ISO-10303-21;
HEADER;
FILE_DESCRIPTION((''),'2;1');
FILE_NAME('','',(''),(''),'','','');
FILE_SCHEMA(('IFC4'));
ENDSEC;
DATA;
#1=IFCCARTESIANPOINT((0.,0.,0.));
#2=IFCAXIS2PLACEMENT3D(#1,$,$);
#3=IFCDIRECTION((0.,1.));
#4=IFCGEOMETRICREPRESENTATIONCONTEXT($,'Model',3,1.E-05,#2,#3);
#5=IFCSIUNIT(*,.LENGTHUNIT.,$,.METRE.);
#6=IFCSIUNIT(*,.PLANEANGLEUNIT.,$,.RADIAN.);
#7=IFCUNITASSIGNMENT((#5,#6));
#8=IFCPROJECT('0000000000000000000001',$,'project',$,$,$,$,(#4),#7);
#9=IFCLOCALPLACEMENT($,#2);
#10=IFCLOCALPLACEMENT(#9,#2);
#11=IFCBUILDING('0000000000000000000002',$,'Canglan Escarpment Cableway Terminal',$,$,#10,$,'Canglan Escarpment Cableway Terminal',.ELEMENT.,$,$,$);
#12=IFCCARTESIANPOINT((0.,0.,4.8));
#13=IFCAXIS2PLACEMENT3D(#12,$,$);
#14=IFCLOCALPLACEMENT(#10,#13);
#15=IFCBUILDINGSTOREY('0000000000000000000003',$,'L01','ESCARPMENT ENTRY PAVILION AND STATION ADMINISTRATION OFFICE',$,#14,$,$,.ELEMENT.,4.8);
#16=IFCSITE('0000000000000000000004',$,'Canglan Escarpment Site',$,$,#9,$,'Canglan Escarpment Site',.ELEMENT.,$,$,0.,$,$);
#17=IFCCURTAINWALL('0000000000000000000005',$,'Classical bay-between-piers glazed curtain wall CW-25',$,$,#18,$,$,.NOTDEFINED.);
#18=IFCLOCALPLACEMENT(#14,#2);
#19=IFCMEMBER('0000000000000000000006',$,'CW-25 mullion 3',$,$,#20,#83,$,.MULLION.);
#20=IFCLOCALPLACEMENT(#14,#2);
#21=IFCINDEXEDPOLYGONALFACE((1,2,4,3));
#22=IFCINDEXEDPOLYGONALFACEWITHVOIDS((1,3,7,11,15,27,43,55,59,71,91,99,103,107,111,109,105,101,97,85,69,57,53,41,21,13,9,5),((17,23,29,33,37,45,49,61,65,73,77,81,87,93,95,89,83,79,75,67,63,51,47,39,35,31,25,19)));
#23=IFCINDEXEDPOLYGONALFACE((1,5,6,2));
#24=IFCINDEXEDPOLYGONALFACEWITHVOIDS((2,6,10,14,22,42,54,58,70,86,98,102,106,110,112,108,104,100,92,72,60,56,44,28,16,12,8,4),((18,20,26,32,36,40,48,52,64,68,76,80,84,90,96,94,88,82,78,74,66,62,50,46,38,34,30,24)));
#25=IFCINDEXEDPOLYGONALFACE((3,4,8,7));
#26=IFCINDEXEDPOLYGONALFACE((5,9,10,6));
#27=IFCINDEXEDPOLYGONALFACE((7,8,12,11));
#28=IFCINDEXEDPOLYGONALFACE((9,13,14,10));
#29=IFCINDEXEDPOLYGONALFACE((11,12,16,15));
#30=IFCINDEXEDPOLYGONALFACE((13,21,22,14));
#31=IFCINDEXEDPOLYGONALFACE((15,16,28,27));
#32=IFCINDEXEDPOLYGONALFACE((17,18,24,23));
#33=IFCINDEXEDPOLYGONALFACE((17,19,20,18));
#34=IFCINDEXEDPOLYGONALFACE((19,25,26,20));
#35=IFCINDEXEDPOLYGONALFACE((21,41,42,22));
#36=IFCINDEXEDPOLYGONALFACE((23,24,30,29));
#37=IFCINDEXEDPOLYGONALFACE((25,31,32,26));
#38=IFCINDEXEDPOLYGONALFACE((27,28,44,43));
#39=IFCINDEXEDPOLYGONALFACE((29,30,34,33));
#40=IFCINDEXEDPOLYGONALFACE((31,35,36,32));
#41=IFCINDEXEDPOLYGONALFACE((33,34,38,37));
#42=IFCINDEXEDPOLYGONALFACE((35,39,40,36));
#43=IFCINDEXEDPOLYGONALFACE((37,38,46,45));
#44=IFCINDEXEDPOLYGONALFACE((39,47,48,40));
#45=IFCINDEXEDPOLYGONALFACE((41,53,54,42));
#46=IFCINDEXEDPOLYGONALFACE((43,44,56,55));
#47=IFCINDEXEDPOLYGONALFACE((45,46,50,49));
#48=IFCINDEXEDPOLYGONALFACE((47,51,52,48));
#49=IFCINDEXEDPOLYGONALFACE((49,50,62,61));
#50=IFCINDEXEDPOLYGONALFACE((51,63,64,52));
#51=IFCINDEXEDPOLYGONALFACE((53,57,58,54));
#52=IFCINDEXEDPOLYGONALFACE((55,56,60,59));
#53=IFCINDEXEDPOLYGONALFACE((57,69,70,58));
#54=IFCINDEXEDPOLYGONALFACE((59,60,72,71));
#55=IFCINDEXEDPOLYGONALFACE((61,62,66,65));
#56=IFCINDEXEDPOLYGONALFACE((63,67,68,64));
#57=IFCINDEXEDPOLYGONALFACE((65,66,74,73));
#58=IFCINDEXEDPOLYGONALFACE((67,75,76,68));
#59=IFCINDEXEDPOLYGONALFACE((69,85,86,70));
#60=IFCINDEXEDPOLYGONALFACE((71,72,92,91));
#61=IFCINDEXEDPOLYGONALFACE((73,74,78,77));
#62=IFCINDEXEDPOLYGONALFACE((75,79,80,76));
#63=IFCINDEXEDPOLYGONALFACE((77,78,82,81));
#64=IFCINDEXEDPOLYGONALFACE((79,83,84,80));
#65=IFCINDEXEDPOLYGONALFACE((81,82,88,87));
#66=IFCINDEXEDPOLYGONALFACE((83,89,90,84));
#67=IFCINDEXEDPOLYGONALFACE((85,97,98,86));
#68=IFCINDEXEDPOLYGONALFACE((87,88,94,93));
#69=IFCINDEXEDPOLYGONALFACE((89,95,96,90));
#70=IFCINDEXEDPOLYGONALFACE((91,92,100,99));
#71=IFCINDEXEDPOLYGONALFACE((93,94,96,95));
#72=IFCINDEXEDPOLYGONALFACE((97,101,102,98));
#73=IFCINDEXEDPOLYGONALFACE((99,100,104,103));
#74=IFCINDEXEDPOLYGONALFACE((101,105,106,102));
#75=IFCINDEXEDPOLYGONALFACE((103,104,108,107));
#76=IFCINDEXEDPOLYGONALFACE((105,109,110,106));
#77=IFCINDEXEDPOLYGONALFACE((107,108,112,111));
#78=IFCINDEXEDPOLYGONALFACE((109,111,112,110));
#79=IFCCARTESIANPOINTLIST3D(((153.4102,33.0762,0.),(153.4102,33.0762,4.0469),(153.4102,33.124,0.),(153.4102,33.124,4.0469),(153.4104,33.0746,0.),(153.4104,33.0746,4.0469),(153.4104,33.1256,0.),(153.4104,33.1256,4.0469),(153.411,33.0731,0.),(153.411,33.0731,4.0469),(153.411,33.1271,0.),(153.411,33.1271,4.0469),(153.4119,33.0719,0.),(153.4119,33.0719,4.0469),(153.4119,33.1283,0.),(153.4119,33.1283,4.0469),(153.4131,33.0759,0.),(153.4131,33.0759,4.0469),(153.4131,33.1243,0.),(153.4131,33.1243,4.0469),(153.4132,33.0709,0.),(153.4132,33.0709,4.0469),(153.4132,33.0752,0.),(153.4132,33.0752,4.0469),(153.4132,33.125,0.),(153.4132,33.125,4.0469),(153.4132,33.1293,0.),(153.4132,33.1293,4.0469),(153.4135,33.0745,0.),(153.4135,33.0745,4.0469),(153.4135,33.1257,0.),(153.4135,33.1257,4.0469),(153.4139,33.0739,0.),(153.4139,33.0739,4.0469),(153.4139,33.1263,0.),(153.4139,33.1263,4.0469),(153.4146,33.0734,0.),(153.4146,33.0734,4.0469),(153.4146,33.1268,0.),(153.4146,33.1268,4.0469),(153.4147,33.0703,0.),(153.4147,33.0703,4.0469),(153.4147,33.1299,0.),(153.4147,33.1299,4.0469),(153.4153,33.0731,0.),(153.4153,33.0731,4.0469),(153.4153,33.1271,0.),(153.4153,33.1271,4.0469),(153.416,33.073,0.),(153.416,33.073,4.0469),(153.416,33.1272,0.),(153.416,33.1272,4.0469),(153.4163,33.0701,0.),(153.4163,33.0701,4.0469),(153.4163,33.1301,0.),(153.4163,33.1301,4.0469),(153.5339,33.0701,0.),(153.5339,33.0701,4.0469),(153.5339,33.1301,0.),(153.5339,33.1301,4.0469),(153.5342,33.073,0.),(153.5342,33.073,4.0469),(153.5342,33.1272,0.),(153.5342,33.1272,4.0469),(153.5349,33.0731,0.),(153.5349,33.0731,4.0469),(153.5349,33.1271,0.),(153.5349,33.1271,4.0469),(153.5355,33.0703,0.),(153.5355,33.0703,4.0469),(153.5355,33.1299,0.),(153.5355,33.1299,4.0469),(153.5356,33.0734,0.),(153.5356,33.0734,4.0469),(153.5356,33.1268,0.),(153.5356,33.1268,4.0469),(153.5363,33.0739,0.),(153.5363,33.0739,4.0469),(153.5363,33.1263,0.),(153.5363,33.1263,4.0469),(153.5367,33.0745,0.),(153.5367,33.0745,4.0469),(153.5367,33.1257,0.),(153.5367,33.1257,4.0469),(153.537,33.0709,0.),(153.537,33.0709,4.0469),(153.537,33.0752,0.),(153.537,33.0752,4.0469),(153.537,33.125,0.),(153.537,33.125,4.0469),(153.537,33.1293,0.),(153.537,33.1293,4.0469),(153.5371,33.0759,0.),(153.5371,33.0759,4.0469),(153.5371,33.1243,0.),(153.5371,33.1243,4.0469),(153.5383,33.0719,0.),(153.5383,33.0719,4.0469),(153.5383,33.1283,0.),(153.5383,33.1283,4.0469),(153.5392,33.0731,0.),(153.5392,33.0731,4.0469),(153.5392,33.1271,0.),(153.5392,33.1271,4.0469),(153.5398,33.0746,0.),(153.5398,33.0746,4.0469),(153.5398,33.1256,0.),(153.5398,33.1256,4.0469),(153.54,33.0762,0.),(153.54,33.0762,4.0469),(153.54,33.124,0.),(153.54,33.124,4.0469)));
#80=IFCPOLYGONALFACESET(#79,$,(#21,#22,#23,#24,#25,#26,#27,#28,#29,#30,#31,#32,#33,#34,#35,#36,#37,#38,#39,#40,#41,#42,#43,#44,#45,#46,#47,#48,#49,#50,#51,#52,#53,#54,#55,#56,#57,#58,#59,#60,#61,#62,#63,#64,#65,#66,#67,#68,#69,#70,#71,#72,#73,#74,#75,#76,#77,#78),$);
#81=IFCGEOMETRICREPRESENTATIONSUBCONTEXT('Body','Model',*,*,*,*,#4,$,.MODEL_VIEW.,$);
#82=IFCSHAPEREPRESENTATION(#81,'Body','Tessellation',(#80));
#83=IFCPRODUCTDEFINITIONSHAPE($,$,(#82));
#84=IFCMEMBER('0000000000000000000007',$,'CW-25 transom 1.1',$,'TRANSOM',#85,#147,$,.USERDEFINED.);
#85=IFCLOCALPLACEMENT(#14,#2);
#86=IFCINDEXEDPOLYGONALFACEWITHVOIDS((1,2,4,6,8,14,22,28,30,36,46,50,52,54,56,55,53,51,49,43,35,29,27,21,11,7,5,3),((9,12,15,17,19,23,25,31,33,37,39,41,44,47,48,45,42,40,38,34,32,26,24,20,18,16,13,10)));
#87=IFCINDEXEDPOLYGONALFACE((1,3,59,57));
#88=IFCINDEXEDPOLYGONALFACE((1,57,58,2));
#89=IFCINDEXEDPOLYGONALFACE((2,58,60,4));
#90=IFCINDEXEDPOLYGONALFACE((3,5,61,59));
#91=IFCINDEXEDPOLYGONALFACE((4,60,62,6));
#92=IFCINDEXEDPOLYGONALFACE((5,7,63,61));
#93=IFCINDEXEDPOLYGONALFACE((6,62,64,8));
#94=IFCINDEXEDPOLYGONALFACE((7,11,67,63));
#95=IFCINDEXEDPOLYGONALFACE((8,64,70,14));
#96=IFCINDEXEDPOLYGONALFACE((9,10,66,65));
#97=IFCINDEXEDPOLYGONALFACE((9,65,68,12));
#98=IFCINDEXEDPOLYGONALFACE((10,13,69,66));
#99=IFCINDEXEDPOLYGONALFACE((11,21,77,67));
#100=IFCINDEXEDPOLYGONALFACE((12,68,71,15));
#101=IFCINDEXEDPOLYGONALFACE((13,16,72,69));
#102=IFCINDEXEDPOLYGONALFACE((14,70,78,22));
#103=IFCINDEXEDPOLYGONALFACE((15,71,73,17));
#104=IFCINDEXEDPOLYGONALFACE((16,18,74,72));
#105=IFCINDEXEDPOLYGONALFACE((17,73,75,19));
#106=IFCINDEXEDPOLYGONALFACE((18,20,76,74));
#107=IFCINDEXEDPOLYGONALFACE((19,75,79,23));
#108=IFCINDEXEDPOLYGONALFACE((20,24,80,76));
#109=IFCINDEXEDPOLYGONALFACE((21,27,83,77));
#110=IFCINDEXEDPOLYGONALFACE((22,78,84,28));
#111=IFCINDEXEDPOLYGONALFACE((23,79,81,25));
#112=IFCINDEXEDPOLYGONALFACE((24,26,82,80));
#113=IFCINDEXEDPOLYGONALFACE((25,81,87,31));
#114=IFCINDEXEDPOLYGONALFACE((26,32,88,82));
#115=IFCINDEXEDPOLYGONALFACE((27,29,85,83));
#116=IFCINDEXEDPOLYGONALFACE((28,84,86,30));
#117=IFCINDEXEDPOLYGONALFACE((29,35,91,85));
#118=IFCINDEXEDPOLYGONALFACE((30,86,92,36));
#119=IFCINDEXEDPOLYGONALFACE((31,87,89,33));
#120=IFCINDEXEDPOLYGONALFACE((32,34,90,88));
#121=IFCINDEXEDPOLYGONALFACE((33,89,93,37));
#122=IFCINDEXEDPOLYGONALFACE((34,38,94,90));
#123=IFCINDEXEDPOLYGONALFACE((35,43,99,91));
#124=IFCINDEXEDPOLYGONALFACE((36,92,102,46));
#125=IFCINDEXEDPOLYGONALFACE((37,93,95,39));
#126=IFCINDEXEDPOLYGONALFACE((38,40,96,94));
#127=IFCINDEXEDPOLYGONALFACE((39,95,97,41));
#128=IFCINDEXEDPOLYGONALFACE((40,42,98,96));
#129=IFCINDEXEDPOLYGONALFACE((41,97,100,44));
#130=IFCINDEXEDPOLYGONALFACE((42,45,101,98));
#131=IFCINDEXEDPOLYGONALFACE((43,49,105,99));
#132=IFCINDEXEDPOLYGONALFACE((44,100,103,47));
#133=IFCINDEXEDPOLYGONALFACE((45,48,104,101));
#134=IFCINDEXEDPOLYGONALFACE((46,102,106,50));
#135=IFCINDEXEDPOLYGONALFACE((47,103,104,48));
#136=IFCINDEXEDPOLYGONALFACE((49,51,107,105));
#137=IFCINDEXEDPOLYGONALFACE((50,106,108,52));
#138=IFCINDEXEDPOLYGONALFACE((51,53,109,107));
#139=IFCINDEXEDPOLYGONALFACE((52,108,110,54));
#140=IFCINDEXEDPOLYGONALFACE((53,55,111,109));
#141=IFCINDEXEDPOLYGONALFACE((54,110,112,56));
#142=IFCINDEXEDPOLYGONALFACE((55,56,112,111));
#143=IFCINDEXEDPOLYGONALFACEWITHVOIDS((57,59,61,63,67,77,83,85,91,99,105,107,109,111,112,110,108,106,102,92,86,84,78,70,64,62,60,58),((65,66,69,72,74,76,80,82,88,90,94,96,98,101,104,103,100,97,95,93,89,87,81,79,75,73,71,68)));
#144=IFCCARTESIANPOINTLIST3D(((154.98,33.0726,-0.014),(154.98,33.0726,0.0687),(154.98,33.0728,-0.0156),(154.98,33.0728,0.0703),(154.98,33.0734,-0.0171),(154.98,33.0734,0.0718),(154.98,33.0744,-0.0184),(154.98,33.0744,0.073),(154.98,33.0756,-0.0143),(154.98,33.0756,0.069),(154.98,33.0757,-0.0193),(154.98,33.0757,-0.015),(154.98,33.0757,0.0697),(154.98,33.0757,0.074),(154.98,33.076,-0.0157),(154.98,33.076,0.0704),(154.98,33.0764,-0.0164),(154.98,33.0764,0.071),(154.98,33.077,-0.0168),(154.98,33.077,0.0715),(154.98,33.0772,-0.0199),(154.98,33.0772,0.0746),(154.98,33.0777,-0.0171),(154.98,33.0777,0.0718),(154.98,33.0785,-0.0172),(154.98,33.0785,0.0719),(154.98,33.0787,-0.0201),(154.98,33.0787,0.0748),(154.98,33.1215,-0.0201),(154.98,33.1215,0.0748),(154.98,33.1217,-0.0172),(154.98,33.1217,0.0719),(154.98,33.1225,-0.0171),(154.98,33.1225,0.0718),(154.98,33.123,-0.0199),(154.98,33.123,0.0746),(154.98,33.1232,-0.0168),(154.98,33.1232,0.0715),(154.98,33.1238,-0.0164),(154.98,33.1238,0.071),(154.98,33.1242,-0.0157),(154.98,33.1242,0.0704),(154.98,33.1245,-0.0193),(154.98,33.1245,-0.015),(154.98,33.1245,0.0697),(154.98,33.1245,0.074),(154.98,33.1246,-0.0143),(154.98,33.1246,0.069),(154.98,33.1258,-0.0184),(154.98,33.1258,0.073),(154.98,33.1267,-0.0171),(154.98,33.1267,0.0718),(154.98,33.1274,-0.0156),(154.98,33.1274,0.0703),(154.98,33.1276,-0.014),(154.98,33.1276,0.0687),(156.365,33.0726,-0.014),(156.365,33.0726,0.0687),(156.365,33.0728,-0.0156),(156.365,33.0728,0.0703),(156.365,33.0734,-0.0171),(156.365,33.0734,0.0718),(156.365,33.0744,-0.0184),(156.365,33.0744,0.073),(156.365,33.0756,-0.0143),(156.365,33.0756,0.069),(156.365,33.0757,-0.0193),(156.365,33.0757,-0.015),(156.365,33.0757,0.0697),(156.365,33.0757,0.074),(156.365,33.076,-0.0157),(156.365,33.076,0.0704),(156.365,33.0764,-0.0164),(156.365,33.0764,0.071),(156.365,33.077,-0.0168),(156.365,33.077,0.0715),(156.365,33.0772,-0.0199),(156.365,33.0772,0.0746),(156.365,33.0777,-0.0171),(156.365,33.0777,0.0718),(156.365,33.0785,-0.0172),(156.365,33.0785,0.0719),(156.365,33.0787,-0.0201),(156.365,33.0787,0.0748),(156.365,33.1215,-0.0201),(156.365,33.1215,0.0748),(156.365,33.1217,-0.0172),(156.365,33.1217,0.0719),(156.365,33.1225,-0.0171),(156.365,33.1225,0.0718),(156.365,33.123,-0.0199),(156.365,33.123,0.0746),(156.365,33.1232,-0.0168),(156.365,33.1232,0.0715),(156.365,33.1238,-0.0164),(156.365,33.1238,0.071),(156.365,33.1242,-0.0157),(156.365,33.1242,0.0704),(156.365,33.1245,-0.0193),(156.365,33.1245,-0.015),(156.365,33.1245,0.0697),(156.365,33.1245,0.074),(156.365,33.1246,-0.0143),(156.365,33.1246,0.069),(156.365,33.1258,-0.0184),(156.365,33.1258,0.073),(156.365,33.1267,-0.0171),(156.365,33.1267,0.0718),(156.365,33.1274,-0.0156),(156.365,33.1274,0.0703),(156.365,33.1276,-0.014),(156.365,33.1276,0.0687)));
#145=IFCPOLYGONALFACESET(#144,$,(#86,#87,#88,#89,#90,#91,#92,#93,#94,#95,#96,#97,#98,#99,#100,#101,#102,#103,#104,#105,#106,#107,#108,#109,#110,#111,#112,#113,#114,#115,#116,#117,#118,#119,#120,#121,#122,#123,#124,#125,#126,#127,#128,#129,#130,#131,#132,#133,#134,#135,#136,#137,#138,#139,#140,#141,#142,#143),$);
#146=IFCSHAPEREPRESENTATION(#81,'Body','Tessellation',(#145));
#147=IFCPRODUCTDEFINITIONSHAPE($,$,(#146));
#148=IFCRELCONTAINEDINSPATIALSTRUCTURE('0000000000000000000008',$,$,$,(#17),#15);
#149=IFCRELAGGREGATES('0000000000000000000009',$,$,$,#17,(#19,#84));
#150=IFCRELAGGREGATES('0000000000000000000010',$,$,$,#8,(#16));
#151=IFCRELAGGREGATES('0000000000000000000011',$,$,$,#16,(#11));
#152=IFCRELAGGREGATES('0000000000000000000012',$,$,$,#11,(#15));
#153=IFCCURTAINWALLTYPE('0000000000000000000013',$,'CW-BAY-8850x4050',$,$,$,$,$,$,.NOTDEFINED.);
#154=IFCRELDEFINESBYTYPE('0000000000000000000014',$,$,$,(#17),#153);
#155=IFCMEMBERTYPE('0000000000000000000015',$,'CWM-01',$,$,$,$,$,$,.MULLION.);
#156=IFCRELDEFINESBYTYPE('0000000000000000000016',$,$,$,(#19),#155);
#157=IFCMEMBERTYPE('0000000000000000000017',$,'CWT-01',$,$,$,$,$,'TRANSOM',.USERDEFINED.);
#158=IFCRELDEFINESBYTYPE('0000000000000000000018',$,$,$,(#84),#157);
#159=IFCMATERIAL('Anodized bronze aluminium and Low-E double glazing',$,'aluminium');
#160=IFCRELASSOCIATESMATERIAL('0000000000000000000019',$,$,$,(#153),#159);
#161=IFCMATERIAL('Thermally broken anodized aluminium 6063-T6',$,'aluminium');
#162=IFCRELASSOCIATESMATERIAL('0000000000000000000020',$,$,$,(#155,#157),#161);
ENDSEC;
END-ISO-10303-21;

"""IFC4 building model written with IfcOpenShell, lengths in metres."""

from ifc_helpers import new_model, si_unit, direction, frame, origin, origin_2d, place, context, subcontext, project, spatial, hollow_rectangle, extrude, material, material_profile, profile_set, type_object, element, aggregate, save


model = new_model("IFC4")

# Units and contexts
model_context = context("Model", 3, precision=1e-05, world=origin(), true_north=direction((0.0, 1.0)))
body_context = subcontext(model_context, "Body", "Model", "MODEL_VIEW")
ifc_project = project(units=[si_unit("LENGTHUNIT", "METRE"), si_unit("PLANEANGLEUNIT", "RADIAN")], contexts=[model_context])

# Site, building, storey
site_placement = place(None, origin())
site = spatial("IfcSite", under=ifc_project, at=site_placement, Name="Canglan Escarpment Site", LongName="Canglan Escarpment Site", CompositionType="ELEMENT", RefElevation=0.0)
building_placement = place(site_placement, origin())
building = spatial("IfcBuilding", under=site, at=building_placement, Name="Canglan Escarpment Cableway Terminal", LongName="Canglan Escarpment Cableway Terminal", CompositionType="ELEMENT")
storey_placement = place(building_placement, frame((0.0, 0.0, 4.8)))
storey = spatial("IfcBuildingStorey", under=building, at=storey_placement, Name="L01", Description="ESCARPMENT ENTRY PAVILION AND STATION ADMINISTRATION OFFICE", CompositionType="ELEMENT", Elevation=4.8)

# Curtain wall, members
ifc_material_1 = material(Name="Anodized bronze aluminium and Low-E double glazing", Category="aluminium")
curtain_wall_type = type_object("IfcCurtainWallType", Name="CW-BAY-8850x4050", PredefinedType="NOTDEFINED", material=ifc_material_1)
curtain_wall_placement = place(storey_placement, origin())
curtain_wall = element("IfcCurtainWall", 1, at=curtain_wall_placement, inside=storey, type_object=curtain_wall_type, Name="Classical bay-between-piers glazed curtain wall CW-25", PredefinedType="NOTDEFINED")
ifc_material_2 = material(Name="Thermally broken anodized aluminium 6063-T6", Category="aluminium")
ifc_material_profile_1 = material_profile(ifc_material_2, hollow_rectangle(XDim=0.0601, YDim=0.1299, WallThickness=0.0029, InnerFilletRadius=0.0029, OuterFilletRadius=0.0061, at=origin_2d()), Name="ALU-MULL 60x130x3")
ifc_profile_set_1 = profile_set([ifc_material_profile_1], Name="Thermally broken anodized aluminium 6063-T6")
member_type_1 = type_object("IfcMemberType", Name="CWM-01", PredefinedType="MULLION", material=ifc_profile_set_1)
member_1_placement = place(storey_placement, frame((153.4751, 33.1001, 0.0), z_axis=(0.0, 0.0, 1.0), x_axis=(0.0, -1.0, 0.0)))
member_1 = element("IfcMember", 2, at=member_1_placement, type_object=member_type_1, Name="CW-25 mullion 3", PredefinedType="MULLION", context=body_context, shape_type="SweptSolid", body=[
    extrude(hollow_rectangle(XDim=0.0601, YDim=0.1299, WallThickness=0.0029, InnerFilletRadius=0.0029, OuterFilletRadius=0.0061, at=origin_2d()), origin(), (0.0, 0.0, 1.0), 4.0469),
])
ifc_material_profile_2 = material_profile(ifc_material_2, hollow_rectangle(XDim=0.0549, YDim=0.095, WallThickness=0.0029, InnerFilletRadius=0.0029, OuterFilletRadius=0.0061, at=origin_2d()), Name="ALU-TRAN 55x95x3")
ifc_profile_set_2 = profile_set([ifc_material_profile_2], Name="Thermally broken anodized aluminium 6063-T6")
member_type_2 = type_object("IfcMemberType", Name="CWT-01", ElementType="TRANSOM", PredefinedType="USERDEFINED", material=ifc_profile_set_2)
member_2_placement = place(storey_placement, frame((156.365, 33.1001, 0.0273), z_axis=(-1.0, 0.0, 0.0), x_axis=(0.0, -1.0, 0.0)))
member_2 = element("IfcMember", 3, at=member_2_placement, type_object=member_type_2, Name="CW-25 transom 1.1", ObjectType="TRANSOM", PredefinedType="USERDEFINED", context=body_context, shape_type="SweptSolid", body=[
    extrude(hollow_rectangle(XDim=0.0549, YDim=0.095, WallThickness=0.0029, InnerFilletRadius=0.0029, OuterFilletRadius=0.0061, at=origin_2d()), origin(), (0.0, 0.0, 1.0), 1.385),
])
aggregate(curtain_wall, [member_1, member_2])

save(model, "model.ifc")
